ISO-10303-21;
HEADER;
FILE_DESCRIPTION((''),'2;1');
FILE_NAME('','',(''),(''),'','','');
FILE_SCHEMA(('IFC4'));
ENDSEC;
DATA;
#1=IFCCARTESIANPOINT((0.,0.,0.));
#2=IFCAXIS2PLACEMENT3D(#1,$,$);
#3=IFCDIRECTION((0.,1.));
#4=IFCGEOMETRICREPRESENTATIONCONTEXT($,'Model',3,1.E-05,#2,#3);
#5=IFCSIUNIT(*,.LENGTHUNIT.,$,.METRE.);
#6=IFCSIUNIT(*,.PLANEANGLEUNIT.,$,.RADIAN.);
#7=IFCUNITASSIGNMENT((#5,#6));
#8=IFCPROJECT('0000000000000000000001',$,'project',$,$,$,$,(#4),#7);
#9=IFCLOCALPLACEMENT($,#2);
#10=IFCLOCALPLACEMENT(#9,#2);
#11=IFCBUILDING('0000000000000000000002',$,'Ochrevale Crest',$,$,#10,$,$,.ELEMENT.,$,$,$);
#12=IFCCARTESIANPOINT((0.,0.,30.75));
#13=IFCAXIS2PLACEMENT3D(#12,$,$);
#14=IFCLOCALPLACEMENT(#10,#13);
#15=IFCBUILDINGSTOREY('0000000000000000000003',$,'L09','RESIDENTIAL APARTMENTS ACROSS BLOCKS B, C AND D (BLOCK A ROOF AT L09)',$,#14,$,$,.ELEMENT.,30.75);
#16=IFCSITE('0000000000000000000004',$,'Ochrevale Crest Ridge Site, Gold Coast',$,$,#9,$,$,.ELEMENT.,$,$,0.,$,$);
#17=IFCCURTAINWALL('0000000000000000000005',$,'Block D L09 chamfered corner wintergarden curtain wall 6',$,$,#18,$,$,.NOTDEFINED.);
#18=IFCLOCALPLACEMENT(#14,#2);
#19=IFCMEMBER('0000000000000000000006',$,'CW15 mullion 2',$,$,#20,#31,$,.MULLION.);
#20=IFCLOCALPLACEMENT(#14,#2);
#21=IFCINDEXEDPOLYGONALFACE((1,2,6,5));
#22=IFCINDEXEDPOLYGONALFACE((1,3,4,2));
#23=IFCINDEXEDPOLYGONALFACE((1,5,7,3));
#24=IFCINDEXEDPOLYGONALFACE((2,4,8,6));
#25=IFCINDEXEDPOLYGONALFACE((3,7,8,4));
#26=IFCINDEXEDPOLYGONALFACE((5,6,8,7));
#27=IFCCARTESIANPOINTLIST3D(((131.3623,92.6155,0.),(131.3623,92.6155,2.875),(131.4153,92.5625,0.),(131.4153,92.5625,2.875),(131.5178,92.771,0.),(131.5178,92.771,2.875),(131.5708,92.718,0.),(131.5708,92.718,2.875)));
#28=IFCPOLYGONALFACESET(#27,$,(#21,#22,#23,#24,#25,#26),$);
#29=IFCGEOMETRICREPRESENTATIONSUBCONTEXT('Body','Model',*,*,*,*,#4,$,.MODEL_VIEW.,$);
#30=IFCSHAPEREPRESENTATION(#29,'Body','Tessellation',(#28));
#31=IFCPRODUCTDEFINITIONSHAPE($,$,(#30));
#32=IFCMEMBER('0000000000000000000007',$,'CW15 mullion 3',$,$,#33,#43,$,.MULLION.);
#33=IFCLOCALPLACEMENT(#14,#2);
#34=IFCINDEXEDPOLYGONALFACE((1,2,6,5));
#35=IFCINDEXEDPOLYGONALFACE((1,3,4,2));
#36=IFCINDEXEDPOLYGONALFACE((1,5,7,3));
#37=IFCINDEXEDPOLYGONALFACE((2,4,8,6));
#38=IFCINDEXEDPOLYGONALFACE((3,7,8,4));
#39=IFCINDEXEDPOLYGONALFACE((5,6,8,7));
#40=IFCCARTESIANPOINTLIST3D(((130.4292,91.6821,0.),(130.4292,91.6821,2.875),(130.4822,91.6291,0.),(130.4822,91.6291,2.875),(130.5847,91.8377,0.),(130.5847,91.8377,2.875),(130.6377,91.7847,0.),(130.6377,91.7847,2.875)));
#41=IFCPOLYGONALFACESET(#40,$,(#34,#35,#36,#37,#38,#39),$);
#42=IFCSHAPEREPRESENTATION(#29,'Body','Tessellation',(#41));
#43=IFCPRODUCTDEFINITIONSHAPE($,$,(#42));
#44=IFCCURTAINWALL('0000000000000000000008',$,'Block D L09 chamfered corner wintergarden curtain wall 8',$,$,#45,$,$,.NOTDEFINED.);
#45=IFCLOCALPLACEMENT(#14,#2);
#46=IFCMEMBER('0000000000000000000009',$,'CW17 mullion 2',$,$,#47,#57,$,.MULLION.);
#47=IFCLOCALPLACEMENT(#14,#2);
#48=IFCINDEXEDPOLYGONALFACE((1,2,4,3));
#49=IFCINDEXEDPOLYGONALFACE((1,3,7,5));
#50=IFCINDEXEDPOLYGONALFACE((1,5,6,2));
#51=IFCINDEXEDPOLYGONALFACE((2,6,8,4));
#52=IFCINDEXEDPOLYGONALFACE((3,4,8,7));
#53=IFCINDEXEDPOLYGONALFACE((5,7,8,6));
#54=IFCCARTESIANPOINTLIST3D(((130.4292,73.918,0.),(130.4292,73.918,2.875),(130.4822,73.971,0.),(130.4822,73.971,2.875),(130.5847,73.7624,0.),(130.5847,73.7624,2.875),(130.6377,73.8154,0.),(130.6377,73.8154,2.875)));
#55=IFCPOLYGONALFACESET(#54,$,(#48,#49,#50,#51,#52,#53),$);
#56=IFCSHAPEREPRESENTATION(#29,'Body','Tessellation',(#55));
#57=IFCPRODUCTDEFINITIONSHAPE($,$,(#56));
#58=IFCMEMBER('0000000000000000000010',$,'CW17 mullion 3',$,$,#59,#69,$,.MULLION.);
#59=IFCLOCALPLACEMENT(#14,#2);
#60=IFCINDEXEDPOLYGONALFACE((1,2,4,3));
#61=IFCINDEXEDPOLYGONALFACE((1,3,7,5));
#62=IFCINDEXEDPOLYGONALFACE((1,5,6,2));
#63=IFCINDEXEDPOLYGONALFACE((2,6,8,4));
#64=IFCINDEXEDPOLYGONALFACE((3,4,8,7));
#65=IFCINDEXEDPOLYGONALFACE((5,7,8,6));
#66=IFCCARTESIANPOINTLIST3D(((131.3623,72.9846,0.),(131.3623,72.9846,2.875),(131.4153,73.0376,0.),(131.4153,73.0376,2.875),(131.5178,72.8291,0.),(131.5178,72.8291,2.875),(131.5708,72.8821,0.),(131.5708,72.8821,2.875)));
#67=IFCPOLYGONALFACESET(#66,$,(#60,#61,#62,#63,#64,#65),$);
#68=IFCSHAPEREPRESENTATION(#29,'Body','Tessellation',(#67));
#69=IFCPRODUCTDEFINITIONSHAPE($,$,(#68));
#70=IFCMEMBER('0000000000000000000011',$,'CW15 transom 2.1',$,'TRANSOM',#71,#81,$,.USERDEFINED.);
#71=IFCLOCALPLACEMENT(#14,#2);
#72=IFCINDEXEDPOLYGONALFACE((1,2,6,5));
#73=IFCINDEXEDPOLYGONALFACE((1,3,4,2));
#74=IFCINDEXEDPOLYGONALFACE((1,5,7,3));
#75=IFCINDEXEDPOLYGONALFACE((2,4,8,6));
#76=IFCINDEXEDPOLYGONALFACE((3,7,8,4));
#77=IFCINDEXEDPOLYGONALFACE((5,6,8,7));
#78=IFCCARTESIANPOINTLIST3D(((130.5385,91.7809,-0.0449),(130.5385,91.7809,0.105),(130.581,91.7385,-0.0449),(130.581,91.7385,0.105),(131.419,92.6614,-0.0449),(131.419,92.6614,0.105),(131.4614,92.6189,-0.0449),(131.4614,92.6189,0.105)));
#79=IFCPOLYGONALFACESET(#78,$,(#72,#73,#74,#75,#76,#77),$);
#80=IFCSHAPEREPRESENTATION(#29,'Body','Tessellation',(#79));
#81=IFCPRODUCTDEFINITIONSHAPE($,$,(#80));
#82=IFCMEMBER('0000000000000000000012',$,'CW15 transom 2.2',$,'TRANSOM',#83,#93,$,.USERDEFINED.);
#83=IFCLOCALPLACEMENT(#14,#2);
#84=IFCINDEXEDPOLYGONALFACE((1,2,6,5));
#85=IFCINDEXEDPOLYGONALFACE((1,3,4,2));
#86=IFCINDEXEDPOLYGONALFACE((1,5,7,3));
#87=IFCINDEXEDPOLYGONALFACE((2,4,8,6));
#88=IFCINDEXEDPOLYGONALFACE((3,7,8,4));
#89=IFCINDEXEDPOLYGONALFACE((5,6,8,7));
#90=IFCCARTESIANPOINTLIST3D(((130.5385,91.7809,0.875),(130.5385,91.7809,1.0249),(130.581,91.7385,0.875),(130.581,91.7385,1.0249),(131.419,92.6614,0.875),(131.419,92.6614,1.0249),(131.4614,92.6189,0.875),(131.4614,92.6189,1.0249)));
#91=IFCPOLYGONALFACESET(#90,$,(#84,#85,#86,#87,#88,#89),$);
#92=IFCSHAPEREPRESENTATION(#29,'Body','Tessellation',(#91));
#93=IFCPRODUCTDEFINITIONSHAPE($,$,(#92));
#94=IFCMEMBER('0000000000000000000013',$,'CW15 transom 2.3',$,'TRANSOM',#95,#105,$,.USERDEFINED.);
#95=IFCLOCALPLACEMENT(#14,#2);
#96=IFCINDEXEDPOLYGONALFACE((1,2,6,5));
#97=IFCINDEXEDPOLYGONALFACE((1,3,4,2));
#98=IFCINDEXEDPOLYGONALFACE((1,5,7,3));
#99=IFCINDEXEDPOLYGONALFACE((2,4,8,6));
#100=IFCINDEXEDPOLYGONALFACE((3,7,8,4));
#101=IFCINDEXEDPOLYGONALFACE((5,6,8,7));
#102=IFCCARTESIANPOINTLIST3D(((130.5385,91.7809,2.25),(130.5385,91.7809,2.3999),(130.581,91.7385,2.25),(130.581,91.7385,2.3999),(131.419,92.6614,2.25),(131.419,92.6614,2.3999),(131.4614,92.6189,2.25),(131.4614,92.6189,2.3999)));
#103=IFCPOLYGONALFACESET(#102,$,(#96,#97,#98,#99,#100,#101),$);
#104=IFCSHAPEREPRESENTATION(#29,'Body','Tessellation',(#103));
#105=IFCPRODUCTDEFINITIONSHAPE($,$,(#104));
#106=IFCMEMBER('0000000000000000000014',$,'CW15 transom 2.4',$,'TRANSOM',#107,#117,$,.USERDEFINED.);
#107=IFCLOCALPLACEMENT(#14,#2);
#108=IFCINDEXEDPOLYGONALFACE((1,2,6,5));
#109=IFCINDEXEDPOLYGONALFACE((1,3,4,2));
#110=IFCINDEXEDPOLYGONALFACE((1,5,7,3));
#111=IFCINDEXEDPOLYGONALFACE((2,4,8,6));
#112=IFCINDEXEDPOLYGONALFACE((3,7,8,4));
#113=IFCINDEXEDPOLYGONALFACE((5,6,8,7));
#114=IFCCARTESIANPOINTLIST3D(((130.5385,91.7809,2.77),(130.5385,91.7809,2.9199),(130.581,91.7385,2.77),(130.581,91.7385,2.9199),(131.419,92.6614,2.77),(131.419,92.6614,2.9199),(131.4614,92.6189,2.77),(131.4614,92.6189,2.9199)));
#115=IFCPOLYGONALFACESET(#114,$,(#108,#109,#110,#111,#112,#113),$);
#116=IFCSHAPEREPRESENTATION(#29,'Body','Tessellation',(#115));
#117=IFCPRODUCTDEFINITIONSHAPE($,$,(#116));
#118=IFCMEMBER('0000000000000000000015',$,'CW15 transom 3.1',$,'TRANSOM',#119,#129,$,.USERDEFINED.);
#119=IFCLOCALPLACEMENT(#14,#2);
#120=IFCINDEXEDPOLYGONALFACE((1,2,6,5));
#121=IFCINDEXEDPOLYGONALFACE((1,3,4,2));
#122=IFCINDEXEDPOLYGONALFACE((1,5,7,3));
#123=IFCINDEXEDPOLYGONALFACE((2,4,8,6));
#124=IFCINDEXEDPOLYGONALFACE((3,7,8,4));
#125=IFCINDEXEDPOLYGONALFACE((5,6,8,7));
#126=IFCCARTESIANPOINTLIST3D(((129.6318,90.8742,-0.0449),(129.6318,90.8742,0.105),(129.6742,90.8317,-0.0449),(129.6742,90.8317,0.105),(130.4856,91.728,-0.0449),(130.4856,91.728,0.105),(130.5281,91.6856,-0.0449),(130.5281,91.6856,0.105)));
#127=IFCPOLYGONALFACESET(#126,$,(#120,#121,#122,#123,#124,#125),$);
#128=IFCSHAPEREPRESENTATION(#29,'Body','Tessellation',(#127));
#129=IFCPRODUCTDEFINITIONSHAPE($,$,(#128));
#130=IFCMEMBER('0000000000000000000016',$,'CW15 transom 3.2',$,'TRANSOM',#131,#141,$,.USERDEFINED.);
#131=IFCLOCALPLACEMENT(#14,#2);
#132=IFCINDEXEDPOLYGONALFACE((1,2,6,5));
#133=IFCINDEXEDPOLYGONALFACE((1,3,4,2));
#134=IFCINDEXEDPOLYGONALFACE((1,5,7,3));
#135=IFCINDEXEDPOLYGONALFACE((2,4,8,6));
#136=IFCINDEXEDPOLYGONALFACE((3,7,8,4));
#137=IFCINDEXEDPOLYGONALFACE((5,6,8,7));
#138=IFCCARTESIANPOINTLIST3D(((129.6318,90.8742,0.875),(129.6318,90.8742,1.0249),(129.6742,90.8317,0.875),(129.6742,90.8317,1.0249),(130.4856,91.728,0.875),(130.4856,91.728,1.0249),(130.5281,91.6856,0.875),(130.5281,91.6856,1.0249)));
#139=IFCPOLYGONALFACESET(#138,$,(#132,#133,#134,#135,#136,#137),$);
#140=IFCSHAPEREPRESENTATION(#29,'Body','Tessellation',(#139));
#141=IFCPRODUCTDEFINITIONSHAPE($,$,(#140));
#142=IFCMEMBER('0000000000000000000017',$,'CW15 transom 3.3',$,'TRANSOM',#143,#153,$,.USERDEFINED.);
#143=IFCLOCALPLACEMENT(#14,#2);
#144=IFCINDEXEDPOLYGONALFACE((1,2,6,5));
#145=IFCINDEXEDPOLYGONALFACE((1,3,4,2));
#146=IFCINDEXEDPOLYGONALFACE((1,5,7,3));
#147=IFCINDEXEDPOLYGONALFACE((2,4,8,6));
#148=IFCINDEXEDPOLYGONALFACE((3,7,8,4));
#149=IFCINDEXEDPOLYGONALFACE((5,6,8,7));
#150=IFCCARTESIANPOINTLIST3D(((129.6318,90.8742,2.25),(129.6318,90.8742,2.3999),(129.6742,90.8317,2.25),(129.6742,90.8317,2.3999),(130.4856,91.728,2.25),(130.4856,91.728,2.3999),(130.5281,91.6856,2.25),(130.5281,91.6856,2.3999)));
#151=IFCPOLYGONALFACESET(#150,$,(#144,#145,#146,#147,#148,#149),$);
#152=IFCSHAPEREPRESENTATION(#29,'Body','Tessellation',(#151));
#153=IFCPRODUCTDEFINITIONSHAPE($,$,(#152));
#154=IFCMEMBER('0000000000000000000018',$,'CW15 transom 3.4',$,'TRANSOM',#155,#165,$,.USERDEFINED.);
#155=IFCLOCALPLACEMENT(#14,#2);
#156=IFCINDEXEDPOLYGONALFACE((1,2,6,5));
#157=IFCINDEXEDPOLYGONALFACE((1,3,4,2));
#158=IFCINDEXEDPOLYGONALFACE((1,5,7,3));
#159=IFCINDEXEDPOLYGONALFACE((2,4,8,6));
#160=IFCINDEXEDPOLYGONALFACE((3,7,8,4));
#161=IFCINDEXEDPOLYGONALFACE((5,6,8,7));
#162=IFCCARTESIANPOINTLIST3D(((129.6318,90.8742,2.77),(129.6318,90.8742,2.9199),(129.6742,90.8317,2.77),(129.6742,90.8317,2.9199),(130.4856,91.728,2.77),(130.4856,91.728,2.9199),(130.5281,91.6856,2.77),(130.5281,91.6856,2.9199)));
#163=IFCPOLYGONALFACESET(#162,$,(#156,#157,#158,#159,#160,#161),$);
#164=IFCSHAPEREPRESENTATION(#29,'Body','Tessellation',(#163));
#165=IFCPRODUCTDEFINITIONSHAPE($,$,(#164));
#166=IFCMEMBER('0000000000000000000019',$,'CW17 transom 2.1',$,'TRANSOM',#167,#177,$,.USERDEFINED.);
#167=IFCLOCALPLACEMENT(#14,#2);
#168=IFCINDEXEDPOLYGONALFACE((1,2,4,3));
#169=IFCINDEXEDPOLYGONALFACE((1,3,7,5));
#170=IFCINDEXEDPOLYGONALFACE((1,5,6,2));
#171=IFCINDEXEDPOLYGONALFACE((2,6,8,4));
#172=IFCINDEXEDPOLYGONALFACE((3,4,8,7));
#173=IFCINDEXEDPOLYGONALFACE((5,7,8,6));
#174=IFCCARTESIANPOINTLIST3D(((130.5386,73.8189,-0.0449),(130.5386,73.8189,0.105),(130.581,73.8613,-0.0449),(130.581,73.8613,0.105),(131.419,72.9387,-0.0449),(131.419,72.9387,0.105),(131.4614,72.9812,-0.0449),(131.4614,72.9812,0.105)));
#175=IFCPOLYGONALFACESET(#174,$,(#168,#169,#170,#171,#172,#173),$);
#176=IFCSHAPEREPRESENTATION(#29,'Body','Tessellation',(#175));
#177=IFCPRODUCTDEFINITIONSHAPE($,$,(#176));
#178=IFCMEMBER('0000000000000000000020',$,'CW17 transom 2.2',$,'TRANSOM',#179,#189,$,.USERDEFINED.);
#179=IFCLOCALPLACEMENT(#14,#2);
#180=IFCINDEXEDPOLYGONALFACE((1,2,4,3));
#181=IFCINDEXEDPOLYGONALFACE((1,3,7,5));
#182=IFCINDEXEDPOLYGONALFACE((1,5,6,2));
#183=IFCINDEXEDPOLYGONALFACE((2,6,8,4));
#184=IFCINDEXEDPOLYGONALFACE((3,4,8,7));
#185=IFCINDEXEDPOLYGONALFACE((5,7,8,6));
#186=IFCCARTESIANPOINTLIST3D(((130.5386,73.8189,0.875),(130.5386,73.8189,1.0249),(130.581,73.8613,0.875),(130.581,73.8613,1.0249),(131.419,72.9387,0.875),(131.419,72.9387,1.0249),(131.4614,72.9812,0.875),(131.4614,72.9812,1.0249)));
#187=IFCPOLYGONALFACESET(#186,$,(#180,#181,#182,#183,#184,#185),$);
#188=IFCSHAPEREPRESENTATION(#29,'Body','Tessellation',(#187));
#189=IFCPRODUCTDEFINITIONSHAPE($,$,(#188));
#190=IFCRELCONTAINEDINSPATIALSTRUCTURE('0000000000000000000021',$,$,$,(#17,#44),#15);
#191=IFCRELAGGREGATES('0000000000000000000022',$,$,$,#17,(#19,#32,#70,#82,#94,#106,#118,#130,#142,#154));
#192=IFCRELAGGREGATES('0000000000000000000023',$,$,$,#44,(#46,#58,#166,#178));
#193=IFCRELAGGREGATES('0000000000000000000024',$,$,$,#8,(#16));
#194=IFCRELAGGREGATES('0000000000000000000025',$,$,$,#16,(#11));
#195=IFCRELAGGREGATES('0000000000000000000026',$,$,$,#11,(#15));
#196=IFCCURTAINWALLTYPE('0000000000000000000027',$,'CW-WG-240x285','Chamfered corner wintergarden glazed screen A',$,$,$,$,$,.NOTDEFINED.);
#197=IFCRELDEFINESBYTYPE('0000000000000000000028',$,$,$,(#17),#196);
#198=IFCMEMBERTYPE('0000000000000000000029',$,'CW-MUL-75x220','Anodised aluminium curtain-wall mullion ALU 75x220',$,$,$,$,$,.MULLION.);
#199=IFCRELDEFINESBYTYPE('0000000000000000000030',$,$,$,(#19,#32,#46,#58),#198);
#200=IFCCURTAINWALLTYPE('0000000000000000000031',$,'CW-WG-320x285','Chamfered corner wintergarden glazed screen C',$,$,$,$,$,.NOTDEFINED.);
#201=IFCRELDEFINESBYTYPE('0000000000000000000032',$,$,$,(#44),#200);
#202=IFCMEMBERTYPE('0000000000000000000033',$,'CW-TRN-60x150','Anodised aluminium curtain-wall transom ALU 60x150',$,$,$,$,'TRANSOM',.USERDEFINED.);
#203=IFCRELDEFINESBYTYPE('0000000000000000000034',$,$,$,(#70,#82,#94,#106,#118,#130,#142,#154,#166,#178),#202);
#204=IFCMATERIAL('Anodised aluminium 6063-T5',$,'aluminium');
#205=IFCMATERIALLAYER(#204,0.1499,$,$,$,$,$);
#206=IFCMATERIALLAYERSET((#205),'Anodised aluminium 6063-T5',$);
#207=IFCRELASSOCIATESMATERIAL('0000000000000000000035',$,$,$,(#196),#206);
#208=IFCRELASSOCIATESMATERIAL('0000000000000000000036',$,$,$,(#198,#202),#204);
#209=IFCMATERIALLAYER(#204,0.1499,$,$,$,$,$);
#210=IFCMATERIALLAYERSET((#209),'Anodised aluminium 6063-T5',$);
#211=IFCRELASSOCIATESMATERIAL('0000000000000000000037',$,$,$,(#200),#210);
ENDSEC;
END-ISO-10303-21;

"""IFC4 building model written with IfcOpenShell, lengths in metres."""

from ifc_helpers import new_model, si_unit, direction, frame, origin, origin_2d, place, context, subcontext, project, spatial, rectangle, extrude, material, layer, layer_set, material_profile, profile_set, type_object, element, aggregate, save


model = new_model("IFC4")

# Units and contexts
model_context = context("Model", 3, precision=1e-05, world=origin(), true_north=direction((0.0, 1.0)))
body_context = subcontext(model_context, "Body", "Model", "MODEL_VIEW")
ifc_project = project(units=[si_unit("LENGTHUNIT", "METRE"), si_unit("PLANEANGLEUNIT", "RADIAN")], contexts=[model_context])

# Site, building, storey
site_placement = place(None, origin())
site = spatial("IfcSite", under=ifc_project, at=site_placement, Name="Ochrevale Crest Ridge Site, Gold Coast", CompositionType="ELEMENT", RefElevation=0.0)
building_placement = place(site_placement, origin())
building = spatial("IfcBuilding", under=site, at=building_placement, Name="Ochrevale Crest", CompositionType="ELEMENT")
storey_placement = place(building_placement, frame((0.0, 0.0, 30.75)))
storey = spatial("IfcBuildingStorey", under=building, at=storey_placement, Name="L09", Description="RESIDENTIAL APARTMENTS ACROSS BLOCKS B, C AND D (BLOCK A ROOF AT L09)", CompositionType="ELEMENT", Elevation=30.75)

# Curtain walls, members
ifc_material_1 = material(Name="Anodised aluminium 6063-T5", Category="aluminium")
ifc_layer_1 = layer(ifc_material_1, 0.1499)
ifc_layer_set_1 = layer_set([ifc_layer_1], Name="Anodised aluminium 6063-T5")
curtain_wall_type_1 = type_object("IfcCurtainWallType", Name="CW-WG-240x285", Description="Chamfered corner wintergarden glazed screen A", PredefinedType="NOTDEFINED", material=ifc_layer_set_1)
curtain_wall_1_placement = place(storey_placement, origin())
curtain_wall_1 = element("IfcCurtainWall", 1, at=curtain_wall_1_placement, inside=storey, type_object=curtain_wall_type_1, Name="Block D L09 chamfered corner wintergarden curtain wall 6", PredefinedType="NOTDEFINED")
ifc_material_profile_1 = material_profile(ifc_material_1, rectangle(XDim=0.075, YDim=0.22, at=origin_2d()), Name="ALU 75x220")
ifc_profile_set_1 = profile_set([ifc_material_profile_1], Name="Anodised aluminium 6063-T5")
member_type_1 = type_object("IfcMemberType", Name="CW-MUL-75x220", Description="Anodised aluminium curtain-wall mullion ALU 75x220", PredefinedType="MULLION", material=ifc_profile_set_1)
member_1_placement = place(storey_placement, frame((131.4666, 92.6667, 0.0), z_axis=(0.0, 0.0, 1.0), x_axis=(0.707107, -0.707107, 0.0)))
member_1 = element("IfcMember", 2, at=member_1_placement, type_object=member_type_1, Name="CW15 mullion 2", PredefinedType="MULLION", context=body_context, shape_type="SweptSolid", body=[
    extrude(rectangle(XDim=0.075, YDim=0.22, at=origin_2d()), origin(), (0.0, 0.0, 1.0), 2.875),
])
member_2_placement = place(storey_placement, frame((130.5334, 91.7334, 0.0), z_axis=(0.0, 0.0, 1.0), x_axis=(0.707107, -0.707107, 0.0)))
member_2 = element("IfcMember", 3, at=member_2_placement, type_object=member_type_1, Name="CW15 mullion 3", PredefinedType="MULLION", context=body_context, shape_type="SweptSolid", body=[
    extrude(rectangle(XDim=0.075, YDim=0.22, at=origin_2d()), origin(), (0.0, 0.0, 1.0), 2.875),
])
ifc_layer_2 = layer(ifc_material_1, 0.1499)
ifc_layer_set_2 = layer_set([ifc_layer_2], Name="Anodised aluminium 6063-T5")
curtain_wall_type_2 = type_object("IfcCurtainWallType", Name="CW-WG-320x285", Description="Chamfered corner wintergarden glazed screen C", PredefinedType="NOTDEFINED", material=ifc_layer_set_2)
curtain_wall_2_placement = place(storey_placement, origin())
curtain_wall_2 = element("IfcCurtainWall", 4, at=curtain_wall_2_placement, inside=storey, type_object=curtain_wall_type_2, Name="Block D L09 chamfered corner wintergarden curtain wall 8", PredefinedType="NOTDEFINED")
member_3_placement = place(storey_placement, frame((130.5334, 73.8667, 0.0), z_axis=(0.0, 0.0, 1.0), x_axis=(0.707107, 0.707107, 0.0)))
member_3 = element("IfcMember", 5, at=member_3_placement, type_object=member_type_1, Name="CW17 mullion 2", PredefinedType="MULLION", context=body_context, shape_type="SweptSolid", body=[
    extrude(rectangle(XDim=0.075, YDim=0.22, at=origin_2d()), origin(), (0.0, 0.0, 1.0), 2.875),
])
member_4_placement = place(storey_placement, frame((131.4666, 72.9333, 0.0), z_axis=(0.0, 0.0, 1.0), x_axis=(0.707107, 0.707107, 0.0)))
member_4 = element("IfcMember", 6, at=member_4_placement, type_object=member_type_1, Name="CW17 mullion 3", PredefinedType="MULLION", context=body_context, shape_type="SweptSolid", body=[
    extrude(rectangle(XDim=0.075, YDim=0.22, at=origin_2d()), origin(), (0.0, 0.0, 1.0), 2.875),
])

# Members
ifc_material_profile_2 = material_profile(ifc_material_1, rectangle(XDim=0.0601, YDim=0.1499, at=origin_2d()), Name="ALU 60x150")
ifc_profile_set_2 = profile_set([ifc_material_profile_2], Name="Anodised aluminium 6063-T5")
member_type_2 = type_object("IfcMemberType", Name="CW-TRN-60x150", Description="Anodised aluminium curtain-wall transom ALU 60x150", ElementType="TRANSOM", PredefinedType="USERDEFINED", material=ifc_profile_set_2)
member_5_placement = place(storey_placement, frame((131.4402, 92.6401, 0.03), z_axis=(-0.707107, -0.707107, 0.0), x_axis=(0.707107, -0.707107, 0.0)))
member_5 = element("IfcMember", 7, at=member_5_placement, type_object=member_type_2, Name="CW15 transom 2.1", ObjectType="TRANSOM", PredefinedType="USERDEFINED", context=body_context, shape_type="SweptSolid", body=[
    extrude(rectangle(XDim=0.0601, YDim=0.1499, at=origin_2d()), origin(), (0.0, 0.0, 1.0), 1.2451),
])
member_6_placement = place(storey_placement, frame((131.4402, 92.6401, 0.95), z_axis=(-0.707107, -0.707107, 0.0), x_axis=(0.707107, -0.707107, 0.0)))
member_6 = element("IfcMember", 8, at=member_6_placement, type_object=member_type_2, Name="CW15 transom 2.2", ObjectType="TRANSOM", PredefinedType="USERDEFINED", context=body_context, shape_type="SweptSolid", body=[
    extrude(rectangle(XDim=0.0601, YDim=0.1499, at=origin_2d()), origin(), (0.0, 0.0, 1.0), 1.2451),
])
member_7_placement = place(storey_placement, frame((131.4402, 92.6401, 2.325), z_axis=(-0.707107, -0.707107, 0.0), x_axis=(0.707107, -0.707107, 0.0)))
member_7 = element("IfcMember", 9, at=member_7_placement, type_object=member_type_2, Name="CW15 transom 2.3", ObjectType="TRANSOM", PredefinedType="USERDEFINED", context=body_context, shape_type="SweptSolid", body=[
    extrude(rectangle(XDim=0.0601, YDim=0.1499, at=origin_2d()), origin(), (0.0, 0.0, 1.0), 1.2451),
])
member_8_placement = place(storey_placement, frame((131.4402, 92.6401, 2.845), z_axis=(-0.707107, -0.707107, 0.0), x_axis=(0.707107, -0.707107, 0.0)))
member_8 = element("IfcMember", 10, at=member_8_placement, type_object=member_type_2, Name="CW15 transom 2.4", ObjectType="TRANSOM", PredefinedType="USERDEFINED", context=body_context, shape_type="SweptSolid", body=[
    extrude(rectangle(XDim=0.0601, YDim=0.1499, at=origin_2d()), origin(), (0.0, 0.0, 1.0), 1.2451),
])
member_9_placement = place(storey_placement, frame((130.5068, 91.7068, 0.03), z_axis=(-0.707107, -0.707107, 0.0), x_axis=(0.707107, -0.707107, 0.0)))
member_9 = element("IfcMember", 11, at=member_9_placement, type_object=member_type_2, Name="CW15 transom 3.1", ObjectType="TRANSOM", PredefinedType="USERDEFINED", context=body_context, shape_type="SweptSolid", body=[
    extrude(rectangle(XDim=0.0601, YDim=0.1499, at=origin_2d()), origin(), (0.0, 0.0, 1.0), 1.2075),
])
member_10_placement = place(storey_placement, frame((130.5068, 91.7068, 0.95), z_axis=(-0.707107, -0.707107, 0.0), x_axis=(0.707107, -0.707107, 0.0)))
member_10 = element("IfcMember", 12, at=member_10_placement, type_object=member_type_2, Name="CW15 transom 3.2", ObjectType="TRANSOM", PredefinedType="USERDEFINED", context=body_context, shape_type="SweptSolid", body=[
    extrude(rectangle(XDim=0.0601, YDim=0.1499, at=origin_2d()), origin(), (0.0, 0.0, 1.0), 1.2075),
])
member_11_placement = place(storey_placement, frame((130.5068, 91.7068, 2.325), z_axis=(-0.707107, -0.707107, 0.0), x_axis=(0.707107, -0.707107, 0.0)))
member_11 = element("IfcMember", 13, at=member_11_placement, type_object=member_type_2, Name="CW15 transom 3.3", ObjectType="TRANSOM", PredefinedType="USERDEFINED", context=body_context, shape_type="SweptSolid", body=[
    extrude(rectangle(XDim=0.0601, YDim=0.1499, at=origin_2d()), origin(), (0.0, 0.0, 1.0), 1.2075),
])
member_12_placement = place(storey_placement, frame((130.5068, 91.7068, 2.845), z_axis=(-0.707107, -0.707107, 0.0), x_axis=(0.707107, -0.707107, 0.0)))
member_12 = element("IfcMember", 14, at=member_12_placement, type_object=member_type_2, Name="CW15 transom 3.4", ObjectType="TRANSOM", PredefinedType="USERDEFINED", context=body_context, shape_type="SweptSolid", body=[
    extrude(rectangle(XDim=0.0601, YDim=0.1499, at=origin_2d()), origin(), (0.0, 0.0, 1.0), 1.2075),
])
member_13_placement = place(storey_placement, frame((130.5598, 73.8401, 0.03), z_axis=(0.707205, -0.707009, 0.0), x_axis=(0.707009, 0.707205, 0.0)))
member_13 = element("IfcMember", 15, at=member_13_placement, type_object=member_type_2, Name="CW17 transom 2.1", ObjectType="TRANSOM", PredefinedType="USERDEFINED", context=body_context, shape_type="SweptSolid", body=[
    extrude(rectangle(XDim=0.0601, YDim=0.1499, at=origin_2d()), origin(), (0.0, 0.0, 1.0), 1.2449),
])
member_14_placement = place(storey_placement, frame((130.5598, 73.8401, 0.95), z_axis=(0.707205, -0.707009, 0.0), x_axis=(0.707009, 0.707205, 0.0)))
member_14 = element("IfcMember", 16, at=member_14_placement, type_object=member_type_2, Name="CW17 transom 2.2", ObjectType="TRANSOM", PredefinedType="USERDEFINED", context=body_context, shape_type="SweptSolid", body=[
    extrude(rectangle(XDim=0.0601, YDim=0.1499, at=origin_2d()), origin(), (0.0, 0.0, 1.0), 1.2449),
])

aggregate(curtain_wall_1, [member_1, member_2, member_5, member_6, member_7, member_8, member_9, member_10, member_11, member_12])
aggregate(curtain_wall_2, [member_3, member_4, member_13, member_14])

save(model, "model.ifc")
